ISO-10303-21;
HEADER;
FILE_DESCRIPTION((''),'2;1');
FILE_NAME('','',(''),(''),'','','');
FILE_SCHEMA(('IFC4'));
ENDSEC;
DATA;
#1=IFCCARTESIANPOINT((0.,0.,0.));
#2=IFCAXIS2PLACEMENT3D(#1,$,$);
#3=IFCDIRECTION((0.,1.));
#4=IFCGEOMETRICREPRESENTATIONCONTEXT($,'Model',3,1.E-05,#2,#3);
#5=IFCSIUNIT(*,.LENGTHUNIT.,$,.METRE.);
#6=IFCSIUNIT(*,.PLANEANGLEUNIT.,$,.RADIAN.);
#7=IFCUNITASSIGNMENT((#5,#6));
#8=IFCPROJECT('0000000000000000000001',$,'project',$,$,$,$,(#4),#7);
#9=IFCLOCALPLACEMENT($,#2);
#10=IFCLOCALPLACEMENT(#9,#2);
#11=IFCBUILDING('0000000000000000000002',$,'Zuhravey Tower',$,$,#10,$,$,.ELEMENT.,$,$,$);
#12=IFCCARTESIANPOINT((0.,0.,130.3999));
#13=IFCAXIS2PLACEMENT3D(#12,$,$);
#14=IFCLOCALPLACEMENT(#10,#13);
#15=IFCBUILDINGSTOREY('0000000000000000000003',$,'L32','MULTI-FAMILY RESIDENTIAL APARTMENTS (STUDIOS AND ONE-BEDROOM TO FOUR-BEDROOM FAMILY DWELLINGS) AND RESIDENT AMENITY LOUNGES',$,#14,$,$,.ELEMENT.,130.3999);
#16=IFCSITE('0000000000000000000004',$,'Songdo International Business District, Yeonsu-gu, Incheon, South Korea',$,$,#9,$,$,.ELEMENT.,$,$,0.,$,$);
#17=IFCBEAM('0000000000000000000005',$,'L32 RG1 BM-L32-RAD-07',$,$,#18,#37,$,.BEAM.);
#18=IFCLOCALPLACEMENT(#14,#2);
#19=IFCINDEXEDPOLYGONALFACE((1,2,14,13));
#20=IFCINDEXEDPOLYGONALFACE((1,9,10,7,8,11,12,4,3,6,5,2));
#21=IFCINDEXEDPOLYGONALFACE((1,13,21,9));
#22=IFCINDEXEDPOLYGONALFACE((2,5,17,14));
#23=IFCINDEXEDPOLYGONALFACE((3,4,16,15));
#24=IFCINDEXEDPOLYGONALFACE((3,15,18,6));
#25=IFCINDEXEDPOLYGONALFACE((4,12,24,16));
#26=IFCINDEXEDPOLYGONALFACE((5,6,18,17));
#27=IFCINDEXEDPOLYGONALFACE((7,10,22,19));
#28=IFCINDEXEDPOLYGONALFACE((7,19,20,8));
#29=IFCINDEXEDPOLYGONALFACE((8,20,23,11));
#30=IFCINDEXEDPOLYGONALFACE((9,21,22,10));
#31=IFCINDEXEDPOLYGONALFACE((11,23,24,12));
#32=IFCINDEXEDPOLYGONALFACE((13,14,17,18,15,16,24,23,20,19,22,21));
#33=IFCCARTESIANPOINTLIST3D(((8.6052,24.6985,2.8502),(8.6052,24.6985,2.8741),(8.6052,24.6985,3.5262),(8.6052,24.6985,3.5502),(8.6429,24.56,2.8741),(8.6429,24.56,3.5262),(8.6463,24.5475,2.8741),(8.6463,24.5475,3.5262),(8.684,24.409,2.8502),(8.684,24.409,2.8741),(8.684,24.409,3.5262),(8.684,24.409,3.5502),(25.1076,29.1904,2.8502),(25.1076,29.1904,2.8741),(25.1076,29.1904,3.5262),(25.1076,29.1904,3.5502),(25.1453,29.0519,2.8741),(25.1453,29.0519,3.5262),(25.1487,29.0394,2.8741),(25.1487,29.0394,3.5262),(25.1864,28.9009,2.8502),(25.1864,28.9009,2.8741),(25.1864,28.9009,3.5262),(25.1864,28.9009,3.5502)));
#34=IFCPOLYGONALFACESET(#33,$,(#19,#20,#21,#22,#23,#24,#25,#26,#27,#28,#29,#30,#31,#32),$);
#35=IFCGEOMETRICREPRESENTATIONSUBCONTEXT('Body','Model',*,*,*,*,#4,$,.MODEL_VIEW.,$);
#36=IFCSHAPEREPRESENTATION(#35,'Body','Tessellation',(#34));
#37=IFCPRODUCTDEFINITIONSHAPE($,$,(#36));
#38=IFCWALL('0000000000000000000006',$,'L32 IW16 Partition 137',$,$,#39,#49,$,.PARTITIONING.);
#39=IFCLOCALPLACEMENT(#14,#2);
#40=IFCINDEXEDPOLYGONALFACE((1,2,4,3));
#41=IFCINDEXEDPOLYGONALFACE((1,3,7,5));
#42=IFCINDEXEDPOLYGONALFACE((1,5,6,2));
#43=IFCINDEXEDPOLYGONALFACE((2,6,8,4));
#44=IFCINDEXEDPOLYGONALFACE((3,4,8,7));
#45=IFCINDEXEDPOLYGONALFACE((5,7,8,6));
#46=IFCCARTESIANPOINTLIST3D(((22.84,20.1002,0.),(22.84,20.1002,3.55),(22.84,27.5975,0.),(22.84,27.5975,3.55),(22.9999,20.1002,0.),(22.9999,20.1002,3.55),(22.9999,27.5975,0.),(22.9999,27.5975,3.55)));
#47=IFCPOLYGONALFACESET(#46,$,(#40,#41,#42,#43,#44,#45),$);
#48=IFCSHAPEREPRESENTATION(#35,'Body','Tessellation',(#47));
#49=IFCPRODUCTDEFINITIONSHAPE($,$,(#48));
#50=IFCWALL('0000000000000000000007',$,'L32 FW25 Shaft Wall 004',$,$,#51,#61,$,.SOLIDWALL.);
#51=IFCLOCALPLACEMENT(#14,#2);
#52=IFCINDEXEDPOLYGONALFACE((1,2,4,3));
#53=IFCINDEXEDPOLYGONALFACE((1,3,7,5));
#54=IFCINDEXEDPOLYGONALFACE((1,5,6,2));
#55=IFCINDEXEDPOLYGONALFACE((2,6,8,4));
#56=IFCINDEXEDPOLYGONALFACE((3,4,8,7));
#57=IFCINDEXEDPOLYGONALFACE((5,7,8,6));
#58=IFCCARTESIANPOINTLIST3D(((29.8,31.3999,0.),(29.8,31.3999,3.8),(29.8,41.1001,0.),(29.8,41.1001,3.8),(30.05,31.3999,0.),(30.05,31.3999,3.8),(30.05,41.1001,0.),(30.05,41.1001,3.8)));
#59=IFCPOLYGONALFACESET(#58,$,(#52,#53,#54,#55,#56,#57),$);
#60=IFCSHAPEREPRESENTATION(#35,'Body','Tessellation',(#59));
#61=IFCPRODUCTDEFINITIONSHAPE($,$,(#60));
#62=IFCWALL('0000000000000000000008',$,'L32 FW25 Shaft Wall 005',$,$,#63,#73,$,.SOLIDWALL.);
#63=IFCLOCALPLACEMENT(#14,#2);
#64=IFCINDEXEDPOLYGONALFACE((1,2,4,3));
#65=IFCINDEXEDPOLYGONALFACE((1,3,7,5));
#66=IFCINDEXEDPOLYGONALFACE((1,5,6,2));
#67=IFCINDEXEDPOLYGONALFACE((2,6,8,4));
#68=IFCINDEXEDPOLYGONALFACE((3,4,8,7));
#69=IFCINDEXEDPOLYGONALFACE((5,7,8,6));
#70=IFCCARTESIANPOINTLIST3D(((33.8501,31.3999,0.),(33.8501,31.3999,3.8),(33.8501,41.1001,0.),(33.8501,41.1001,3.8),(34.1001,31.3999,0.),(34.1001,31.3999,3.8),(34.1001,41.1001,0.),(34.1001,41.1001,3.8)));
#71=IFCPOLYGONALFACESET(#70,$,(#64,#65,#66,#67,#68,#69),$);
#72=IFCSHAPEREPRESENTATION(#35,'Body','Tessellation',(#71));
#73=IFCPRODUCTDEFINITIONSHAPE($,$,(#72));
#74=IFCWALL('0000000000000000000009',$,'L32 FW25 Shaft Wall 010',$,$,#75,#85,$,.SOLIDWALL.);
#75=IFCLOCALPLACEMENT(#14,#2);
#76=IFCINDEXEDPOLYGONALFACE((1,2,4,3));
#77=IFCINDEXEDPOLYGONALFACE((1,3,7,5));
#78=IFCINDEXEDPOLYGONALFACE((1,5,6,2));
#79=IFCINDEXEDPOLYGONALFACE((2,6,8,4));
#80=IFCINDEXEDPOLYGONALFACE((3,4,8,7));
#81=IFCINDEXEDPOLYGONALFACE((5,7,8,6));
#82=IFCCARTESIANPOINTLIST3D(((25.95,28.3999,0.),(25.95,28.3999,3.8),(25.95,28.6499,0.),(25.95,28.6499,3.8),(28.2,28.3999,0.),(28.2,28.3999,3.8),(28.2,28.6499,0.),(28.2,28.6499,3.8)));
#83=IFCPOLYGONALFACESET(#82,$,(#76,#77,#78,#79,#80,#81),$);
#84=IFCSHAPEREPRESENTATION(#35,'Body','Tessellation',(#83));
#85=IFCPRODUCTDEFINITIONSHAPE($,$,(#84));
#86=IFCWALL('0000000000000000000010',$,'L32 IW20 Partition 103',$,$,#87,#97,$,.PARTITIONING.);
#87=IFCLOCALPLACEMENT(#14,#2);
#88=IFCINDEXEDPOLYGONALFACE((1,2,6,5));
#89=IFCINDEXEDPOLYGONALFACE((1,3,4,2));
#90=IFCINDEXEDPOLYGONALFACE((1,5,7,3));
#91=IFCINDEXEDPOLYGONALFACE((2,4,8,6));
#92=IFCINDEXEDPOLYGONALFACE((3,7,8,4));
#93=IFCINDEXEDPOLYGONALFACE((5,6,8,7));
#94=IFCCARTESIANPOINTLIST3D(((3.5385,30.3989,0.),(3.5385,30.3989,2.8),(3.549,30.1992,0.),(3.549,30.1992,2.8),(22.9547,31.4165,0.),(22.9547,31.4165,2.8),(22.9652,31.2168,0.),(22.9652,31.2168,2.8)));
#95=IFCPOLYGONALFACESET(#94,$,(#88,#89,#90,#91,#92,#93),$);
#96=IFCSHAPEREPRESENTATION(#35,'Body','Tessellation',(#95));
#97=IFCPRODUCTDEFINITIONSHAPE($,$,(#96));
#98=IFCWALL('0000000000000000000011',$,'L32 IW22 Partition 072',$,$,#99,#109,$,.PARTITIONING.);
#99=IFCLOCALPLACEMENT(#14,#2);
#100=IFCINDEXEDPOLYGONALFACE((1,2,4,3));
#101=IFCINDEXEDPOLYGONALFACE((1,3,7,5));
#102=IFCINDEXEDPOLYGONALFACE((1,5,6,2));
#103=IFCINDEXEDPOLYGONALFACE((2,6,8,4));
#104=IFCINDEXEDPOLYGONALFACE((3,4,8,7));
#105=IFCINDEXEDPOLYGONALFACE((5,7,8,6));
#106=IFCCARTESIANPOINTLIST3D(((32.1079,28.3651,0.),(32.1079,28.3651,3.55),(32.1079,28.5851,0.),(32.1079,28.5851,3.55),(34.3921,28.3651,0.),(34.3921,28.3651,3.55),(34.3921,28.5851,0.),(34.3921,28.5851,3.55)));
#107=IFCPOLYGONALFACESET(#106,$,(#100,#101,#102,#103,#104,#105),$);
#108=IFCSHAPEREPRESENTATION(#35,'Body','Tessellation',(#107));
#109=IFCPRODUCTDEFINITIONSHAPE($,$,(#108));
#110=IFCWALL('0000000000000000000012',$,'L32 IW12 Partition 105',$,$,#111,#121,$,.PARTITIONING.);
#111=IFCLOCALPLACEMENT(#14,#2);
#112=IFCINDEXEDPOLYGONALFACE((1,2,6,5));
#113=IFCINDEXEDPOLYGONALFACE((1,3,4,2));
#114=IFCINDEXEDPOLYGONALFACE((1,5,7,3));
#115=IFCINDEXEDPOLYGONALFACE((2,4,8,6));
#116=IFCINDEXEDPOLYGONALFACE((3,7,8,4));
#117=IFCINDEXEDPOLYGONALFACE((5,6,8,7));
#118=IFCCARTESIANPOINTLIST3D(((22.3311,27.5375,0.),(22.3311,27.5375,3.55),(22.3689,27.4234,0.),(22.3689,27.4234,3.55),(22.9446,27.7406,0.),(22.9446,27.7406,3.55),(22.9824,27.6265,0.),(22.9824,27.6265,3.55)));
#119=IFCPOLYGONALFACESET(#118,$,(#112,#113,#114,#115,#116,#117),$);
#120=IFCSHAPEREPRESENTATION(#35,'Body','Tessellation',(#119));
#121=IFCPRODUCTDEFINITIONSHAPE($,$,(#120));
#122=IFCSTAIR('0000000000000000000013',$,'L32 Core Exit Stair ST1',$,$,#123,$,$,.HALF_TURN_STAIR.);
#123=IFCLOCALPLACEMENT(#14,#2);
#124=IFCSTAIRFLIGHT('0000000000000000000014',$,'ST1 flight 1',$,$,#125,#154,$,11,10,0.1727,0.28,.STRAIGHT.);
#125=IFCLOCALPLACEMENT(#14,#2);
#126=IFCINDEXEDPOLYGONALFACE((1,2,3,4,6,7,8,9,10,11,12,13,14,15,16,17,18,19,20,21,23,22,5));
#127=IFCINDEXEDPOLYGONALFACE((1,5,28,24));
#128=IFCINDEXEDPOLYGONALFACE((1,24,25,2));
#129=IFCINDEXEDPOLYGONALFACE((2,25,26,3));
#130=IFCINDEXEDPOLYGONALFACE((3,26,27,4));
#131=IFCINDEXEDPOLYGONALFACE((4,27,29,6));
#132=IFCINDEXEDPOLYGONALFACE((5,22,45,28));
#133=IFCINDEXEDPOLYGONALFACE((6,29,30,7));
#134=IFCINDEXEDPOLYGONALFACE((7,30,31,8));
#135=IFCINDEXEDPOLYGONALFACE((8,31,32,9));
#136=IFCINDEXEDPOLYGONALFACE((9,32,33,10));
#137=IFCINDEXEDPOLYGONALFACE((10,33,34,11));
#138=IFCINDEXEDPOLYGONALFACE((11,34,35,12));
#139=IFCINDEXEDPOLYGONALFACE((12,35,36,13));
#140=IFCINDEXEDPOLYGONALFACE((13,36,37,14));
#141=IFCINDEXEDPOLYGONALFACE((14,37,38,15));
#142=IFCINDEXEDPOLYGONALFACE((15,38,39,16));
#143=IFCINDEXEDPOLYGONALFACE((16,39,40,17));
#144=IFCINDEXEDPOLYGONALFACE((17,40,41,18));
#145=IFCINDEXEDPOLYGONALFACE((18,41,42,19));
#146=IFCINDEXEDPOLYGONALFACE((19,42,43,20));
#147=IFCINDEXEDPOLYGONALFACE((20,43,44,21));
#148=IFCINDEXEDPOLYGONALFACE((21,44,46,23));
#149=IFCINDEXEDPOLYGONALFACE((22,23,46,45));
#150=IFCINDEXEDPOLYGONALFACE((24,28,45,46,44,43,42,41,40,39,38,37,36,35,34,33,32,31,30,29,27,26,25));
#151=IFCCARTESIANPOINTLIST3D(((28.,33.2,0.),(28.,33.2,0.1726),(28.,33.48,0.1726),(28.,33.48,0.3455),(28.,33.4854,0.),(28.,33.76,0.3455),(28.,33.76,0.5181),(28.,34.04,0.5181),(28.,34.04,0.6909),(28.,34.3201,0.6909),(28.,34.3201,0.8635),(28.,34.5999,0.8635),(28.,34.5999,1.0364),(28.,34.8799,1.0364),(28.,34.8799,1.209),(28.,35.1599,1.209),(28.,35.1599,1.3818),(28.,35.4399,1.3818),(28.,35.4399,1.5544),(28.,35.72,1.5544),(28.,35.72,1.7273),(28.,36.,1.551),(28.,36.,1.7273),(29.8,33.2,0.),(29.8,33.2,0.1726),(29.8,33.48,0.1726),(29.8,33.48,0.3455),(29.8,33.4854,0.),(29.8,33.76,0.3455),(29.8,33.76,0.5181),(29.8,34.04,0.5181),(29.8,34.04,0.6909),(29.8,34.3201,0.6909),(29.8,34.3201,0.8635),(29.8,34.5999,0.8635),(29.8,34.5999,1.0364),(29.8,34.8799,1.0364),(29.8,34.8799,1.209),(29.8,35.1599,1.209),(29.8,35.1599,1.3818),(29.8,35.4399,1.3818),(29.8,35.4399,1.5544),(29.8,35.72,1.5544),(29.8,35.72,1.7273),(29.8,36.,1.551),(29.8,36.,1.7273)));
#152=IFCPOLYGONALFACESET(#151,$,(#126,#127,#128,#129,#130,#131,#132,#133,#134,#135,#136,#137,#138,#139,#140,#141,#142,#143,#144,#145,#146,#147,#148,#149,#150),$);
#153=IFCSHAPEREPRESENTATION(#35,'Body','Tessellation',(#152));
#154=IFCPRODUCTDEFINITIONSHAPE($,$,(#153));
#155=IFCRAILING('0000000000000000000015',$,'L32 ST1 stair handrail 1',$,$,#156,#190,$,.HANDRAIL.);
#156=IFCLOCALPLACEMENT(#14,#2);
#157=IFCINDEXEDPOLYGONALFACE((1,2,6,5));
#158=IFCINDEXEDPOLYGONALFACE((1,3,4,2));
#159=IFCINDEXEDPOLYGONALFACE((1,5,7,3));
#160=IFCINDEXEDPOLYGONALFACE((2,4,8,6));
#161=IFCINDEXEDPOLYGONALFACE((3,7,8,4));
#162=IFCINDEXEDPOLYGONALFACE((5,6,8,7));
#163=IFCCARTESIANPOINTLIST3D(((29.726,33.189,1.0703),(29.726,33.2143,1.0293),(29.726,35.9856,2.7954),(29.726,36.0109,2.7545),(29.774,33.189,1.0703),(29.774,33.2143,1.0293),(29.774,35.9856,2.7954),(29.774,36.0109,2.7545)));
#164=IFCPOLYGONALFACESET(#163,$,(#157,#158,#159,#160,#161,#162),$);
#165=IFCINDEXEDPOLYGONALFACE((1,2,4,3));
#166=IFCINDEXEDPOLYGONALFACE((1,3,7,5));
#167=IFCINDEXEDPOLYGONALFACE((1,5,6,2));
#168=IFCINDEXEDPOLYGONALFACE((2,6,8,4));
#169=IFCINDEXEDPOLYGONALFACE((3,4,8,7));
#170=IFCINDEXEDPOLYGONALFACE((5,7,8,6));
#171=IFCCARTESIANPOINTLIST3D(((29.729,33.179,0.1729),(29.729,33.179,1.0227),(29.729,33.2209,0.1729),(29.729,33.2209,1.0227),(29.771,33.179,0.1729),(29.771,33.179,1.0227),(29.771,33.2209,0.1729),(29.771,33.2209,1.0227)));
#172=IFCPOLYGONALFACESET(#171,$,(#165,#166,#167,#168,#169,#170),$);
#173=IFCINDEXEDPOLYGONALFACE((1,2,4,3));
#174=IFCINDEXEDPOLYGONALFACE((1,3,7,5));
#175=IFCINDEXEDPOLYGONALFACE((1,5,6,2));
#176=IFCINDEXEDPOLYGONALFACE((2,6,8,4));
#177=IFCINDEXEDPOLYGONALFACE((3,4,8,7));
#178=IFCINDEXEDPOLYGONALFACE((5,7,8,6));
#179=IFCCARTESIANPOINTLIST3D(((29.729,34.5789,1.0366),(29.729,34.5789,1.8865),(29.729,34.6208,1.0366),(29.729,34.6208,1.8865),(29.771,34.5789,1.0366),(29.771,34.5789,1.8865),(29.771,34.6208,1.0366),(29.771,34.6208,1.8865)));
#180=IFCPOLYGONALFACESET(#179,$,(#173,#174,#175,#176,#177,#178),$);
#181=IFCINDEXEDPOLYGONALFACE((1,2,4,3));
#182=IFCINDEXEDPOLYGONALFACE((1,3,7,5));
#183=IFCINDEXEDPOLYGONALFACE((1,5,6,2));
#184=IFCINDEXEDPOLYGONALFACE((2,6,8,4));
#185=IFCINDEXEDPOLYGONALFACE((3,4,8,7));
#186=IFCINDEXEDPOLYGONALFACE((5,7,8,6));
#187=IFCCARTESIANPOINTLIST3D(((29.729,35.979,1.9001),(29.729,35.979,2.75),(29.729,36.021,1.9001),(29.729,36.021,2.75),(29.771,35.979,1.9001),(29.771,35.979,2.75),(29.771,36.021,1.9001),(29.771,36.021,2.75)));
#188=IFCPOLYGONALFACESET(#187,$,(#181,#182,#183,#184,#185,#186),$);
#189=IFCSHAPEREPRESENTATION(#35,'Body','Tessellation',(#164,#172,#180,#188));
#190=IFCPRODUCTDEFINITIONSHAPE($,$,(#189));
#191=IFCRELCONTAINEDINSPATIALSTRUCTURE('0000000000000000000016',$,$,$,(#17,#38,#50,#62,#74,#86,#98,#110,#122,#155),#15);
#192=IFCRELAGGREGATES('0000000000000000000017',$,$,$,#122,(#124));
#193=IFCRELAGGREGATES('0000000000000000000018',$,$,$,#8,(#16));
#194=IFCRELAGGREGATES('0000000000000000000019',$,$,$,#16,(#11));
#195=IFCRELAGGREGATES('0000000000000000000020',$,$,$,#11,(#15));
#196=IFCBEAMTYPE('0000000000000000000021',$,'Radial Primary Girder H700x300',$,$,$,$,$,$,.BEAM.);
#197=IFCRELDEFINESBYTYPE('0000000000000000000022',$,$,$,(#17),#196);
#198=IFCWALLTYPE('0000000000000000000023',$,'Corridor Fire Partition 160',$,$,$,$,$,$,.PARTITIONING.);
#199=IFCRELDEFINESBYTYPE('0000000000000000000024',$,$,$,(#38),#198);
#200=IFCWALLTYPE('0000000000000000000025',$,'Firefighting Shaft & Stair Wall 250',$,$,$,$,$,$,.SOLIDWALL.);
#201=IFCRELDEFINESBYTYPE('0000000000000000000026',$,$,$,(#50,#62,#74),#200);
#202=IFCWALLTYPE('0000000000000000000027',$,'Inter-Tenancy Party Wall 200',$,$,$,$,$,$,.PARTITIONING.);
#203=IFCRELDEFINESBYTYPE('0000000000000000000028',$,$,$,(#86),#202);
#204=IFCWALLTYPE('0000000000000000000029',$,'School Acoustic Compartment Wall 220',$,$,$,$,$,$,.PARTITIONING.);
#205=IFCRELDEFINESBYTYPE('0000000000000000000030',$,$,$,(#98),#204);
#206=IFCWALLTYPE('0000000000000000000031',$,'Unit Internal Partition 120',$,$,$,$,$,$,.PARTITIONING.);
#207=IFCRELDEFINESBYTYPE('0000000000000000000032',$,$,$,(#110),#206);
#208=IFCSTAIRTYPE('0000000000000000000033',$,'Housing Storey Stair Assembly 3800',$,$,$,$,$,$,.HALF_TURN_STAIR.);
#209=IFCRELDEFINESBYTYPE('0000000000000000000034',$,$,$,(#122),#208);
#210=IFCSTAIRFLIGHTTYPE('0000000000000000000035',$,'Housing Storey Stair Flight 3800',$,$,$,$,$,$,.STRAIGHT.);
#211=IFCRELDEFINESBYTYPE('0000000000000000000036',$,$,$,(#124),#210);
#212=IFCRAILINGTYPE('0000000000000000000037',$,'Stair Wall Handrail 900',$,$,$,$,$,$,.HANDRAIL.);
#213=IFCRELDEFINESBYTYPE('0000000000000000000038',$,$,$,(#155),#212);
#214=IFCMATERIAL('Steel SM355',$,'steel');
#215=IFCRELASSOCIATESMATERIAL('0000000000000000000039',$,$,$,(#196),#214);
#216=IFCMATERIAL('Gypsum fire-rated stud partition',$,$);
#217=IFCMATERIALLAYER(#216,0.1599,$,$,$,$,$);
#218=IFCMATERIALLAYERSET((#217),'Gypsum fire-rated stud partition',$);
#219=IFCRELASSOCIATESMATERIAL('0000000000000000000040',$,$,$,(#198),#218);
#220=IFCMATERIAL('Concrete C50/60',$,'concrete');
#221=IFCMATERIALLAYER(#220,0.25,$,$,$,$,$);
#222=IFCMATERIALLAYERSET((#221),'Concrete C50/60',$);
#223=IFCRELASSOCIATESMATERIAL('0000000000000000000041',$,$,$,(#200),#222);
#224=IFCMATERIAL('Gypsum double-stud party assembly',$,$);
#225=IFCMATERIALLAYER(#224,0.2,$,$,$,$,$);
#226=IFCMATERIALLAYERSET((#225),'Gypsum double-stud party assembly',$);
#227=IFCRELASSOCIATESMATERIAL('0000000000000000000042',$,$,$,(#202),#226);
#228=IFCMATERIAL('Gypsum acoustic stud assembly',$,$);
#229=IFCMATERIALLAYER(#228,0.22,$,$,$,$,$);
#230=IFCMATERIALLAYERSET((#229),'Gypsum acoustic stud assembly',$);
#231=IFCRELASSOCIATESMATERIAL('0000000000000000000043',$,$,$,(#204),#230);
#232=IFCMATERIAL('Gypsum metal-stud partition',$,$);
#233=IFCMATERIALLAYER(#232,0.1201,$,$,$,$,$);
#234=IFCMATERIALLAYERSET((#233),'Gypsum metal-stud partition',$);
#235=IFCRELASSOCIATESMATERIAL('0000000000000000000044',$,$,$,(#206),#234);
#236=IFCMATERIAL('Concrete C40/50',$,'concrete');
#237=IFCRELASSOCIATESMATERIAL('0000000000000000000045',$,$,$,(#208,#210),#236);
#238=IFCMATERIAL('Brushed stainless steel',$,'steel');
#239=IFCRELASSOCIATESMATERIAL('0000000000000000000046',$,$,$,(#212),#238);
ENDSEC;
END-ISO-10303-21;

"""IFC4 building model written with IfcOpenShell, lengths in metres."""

from ifc_helpers import new_model, si_unit, direction, frame, frame_2d, origin, origin_2d, place, context, subcontext, project, spatial, polyline, rectangle, i_section, outline, extrude, material, layer, layer_set, material_profile, profile_set, type_object, element, aggregate, save


model = new_model("IFC4")

# Units and contexts
model_context = context("Model", 3, precision=1e-05, world=origin(), true_north=direction((0.0, 1.0)))
body_context = subcontext(model_context, "Body", "Model", "MODEL_VIEW")
ifc_project = project(units=[si_unit("LENGTHUNIT", "METRE"), si_unit("PLANEANGLEUNIT", "RADIAN")], contexts=[model_context])

# Site, building, storey
site_placement = place(None, origin())
site = spatial("IfcSite", under=ifc_project, at=site_placement, Name="Songdo International Business District, Yeonsu-gu, Incheon, South Korea", CompositionType="ELEMENT", RefElevation=0.0)
building_placement = place(site_placement, origin())
building = spatial("IfcBuilding", under=site, at=building_placement, Name="Zuhravey Tower", CompositionType="ELEMENT")
storey_placement = place(building_placement, frame((0.0, 0.0, 130.3999)))
storey = spatial("IfcBuildingStorey", under=building, at=storey_placement, Name="L32", Description="MULTI-FAMILY RESIDENTIAL APARTMENTS (STUDIOS AND ONE-BEDROOM TO FOUR-BEDROOM FAMILY DWELLINGS) AND RESIDENT AMENITY LOUNGES", CompositionType="ELEMENT", Elevation=130.3999)

# Beam
ifc_material_1 = material(Name="Steel SM355", Category="steel")
ifc_material_profile = material_profile(ifc_material_1, i_section(OverallWidth=0.3, OverallDepth=0.7, WebThickness=0.0129, FlangeThickness=0.0239, at=origin_2d()), Name="H-700x300x13x24")
ifc_profile_set = profile_set([ifc_material_profile], Name="Steel SM355")
beam_type = type_object("IfcBeamType", Name="Radial Primary Girder H700x300", PredefinedType="BEAM", material=ifc_profile_set)
beam_placement = place(storey_placement, frame((25.147, 29.0457, 3.2002), z_axis=(-0.964893, -0.262643, 0.0), x_axis=(0.262643, -0.964893, 0.0)))
element("IfcBeam", 1, at=beam_placement, inside=storey, type_object=beam_type, Name="L32 RG1 BM-L32-RAD-07", PredefinedType="BEAM", context=body_context, shape_type="SweptSolid", body=[
    extrude(i_section(OverallWidth=0.3, OverallDepth=0.7, WebThickness=0.0129, FlangeThickness=0.0239, at=origin_2d()), origin(), (0.0, 0.0, 1.0), 17.1028),
])

# Shared definitions
ifc_material_2 = material(Name="Gypsum fire-rated stud partition")
ifc_layer_1 = layer(ifc_material_2, 0.1599)
ifc_layer_set_1 = layer_set([ifc_layer_1], Name="Gypsum fire-rated stud partition")
wall_type_1 = type_object("IfcWallType", Name="Corridor Fire Partition 160", PredefinedType="PARTITIONING", material=ifc_layer_set_1)

# Wall
wall_1_placement = place(storey_placement, frame((22.9199, 27.5974, 0.0), z_axis=(0.0, 0.0, 1.0), x_axis=(0.0, -1.0, 0.0)))
element("IfcWall", 2, at=wall_1_placement, inside=storey, type_object=wall_type_1, Name="L32 IW16 Partition 137", PredefinedType="PARTITIONING", context=body_context, shape_type="SweptSolid", body=[
    extrude(rectangle(XDim=7.4973, YDim=0.1599, at=frame_2d((3.7485, 0.0))), origin(), (0.0, 0.0, 1.0), 3.55),
])

# Shared definitions
ifc_material_3 = material(Name="Concrete C50/60", Category="concrete")
ifc_layer_2 = layer(ifc_material_3, 0.25)
ifc_layer_set_2 = layer_set([ifc_layer_2], Name="Concrete C50/60")
wall_type_2 = type_object("IfcWallType", Name="Firefighting Shaft & Stair Wall 250", PredefinedType="SOLIDWALL", material=ifc_layer_set_2)

# Walls
for number, where, z_axis, x_axis, name in (
    (3, (29.925, 31.3999, 0.0), (0.0, 0.0, 1.0), (0.0, 1.0, 0.0), "L32 FW25 Shaft Wall 004"),
    (4, (33.9751, 31.3999, 0.0), (0.0, 0.0, 1.0), (0.0, 1.0, 0.0), "L32 FW25 Shaft Wall 005"),
):
    element("IfcWall", number, at=place(storey_placement, frame(where, z_axis=z_axis, x_axis=x_axis)), inside=storey, type_object=wall_type_2, Name=name, PredefinedType="SOLIDWALL", context=body_context, shape_type="SweptSolid", body=[
        extrude(rectangle(XDim=9.7002, YDim=0.25, at=frame_2d((4.8501, 0.0))), origin(), (0.0, 0.0, 1.0), 3.8),
    ])
wall_2_placement = place(storey_placement, frame((25.95, 28.5249, 0.0), z_axis=(0.0, 0.0, 1.0), x_axis=(1.0, 0.0, 0.0)))
element("IfcWall", 5, at=wall_2_placement, inside=storey, type_object=wall_type_2, Name="L32 FW25 Shaft Wall 010", PredefinedType="SOLIDWALL", context=body_context, shape_type="SweptSolid", body=[
    extrude(rectangle(XDim=2.25, YDim=0.25, at=frame_2d((1.125, 0.0))), origin(), (0.0, 0.0, 1.0), 3.8),
])
ifc_material_4 = material(Name="Gypsum double-stud party assembly")
ifc_layer_3 = layer(ifc_material_4, 0.2)
ifc_layer_set_3 = layer_set([ifc_layer_3], Name="Gypsum double-stud party assembly")
wall_type_3 = type_object("IfcWallType", Name="Inter-Tenancy Party Wall 200", PredefinedType="PARTITIONING", material=ifc_layer_set_3)
wall_3_placement = place(storey_placement, frame((22.96, 31.3167, 0.0), z_axis=(0.0, 0.0, 1.0), x_axis=(-0.998629, -0.052337, 0.0)))
element("IfcWall", 6, at=wall_3_placement, inside=storey, type_object=wall_type_3, Name="L32 IW20 Partition 103", PredefinedType="PARTITIONING", context=body_context, shape_type="SweptSolid", body=[
    extrude(rectangle(XDim=19.4429, YDim=0.2, at=frame_2d((9.7214, 0.0))), origin(), (0.0, 0.0, 1.0), 2.8),
])
ifc_material_5 = material(Name="Gypsum acoustic stud assembly")
ifc_layer_4 = layer(ifc_material_5, 0.22)
ifc_layer_set_4 = layer_set([ifc_layer_4], Name="Gypsum acoustic stud assembly")
wall_type_4 = type_object("IfcWallType", Name="School Acoustic Compartment Wall 220", PredefinedType="PARTITIONING", material=ifc_layer_set_4)
wall_4_placement = place(storey_placement, frame((32.1079, 28.4751, 0.0), z_axis=(0.0, 0.0, 1.0), x_axis=(1.0, 0.0, 0.0)))
element("IfcWall", 7, at=wall_4_placement, inside=storey, type_object=wall_type_4, Name="L32 IW22 Partition 072", PredefinedType="PARTITIONING", context=body_context, shape_type="SweptSolid", body=[
    extrude(rectangle(XDim=2.2842, YDim=0.22, at=frame_2d((1.1421, 0.0))), origin(), (0.0, 0.0, 1.0), 3.55),
])
ifc_material_6 = material(Name="Gypsum metal-stud partition")
ifc_layer_5 = layer(ifc_material_6, 0.1201)
ifc_layer_set_5 = layer_set([ifc_layer_5], Name="Gypsum metal-stud partition")
wall_type_5 = type_object("IfcWallType", Name="Unit Internal Partition 120", PredefinedType="PARTITIONING", material=ifc_layer_set_5)
wall_5_placement = place(storey_placement, frame((22.9636, 27.6836, 0.0), z_axis=(0.0, 0.0, 1.0), x_axis=(-0.949324, -0.314301, 0.0)))
element("IfcWall", 8, at=wall_5_placement, inside=storey, type_object=wall_type_5, Name="L32 IW12 Partition 105", PredefinedType="PARTITIONING", context=body_context, shape_type="SweptSolid", body=[
    extrude(rectangle(XDim=0.6462, YDim=0.1201, at=frame_2d((0.3232, 0.0))), origin(), (0.0, 0.0, 1.0), 3.55),
])

# Stair, stair flight
ifc_material_7 = material(Name="Concrete C40/50", Category="concrete")
stair_type = type_object("IfcStairType", Name="Housing Storey Stair Assembly 3800", PredefinedType="HALF_TURN_STAIR", material=ifc_material_7)
stair_placement = place(storey_placement, origin())
stair = element("IfcStair", 9, at=stair_placement, inside=storey, type_object=stair_type, Name="L32 Core Exit Stair ST1", PredefinedType="HALF_TURN_STAIR")
stair_flight_type = type_object("IfcStairFlightType", Name="Housing Storey Stair Flight 3800", PredefinedType="STRAIGHT", material=ifc_material_7)
stair_flight_placement = place(storey_placement, frame((28.8999, 33.2, 0.0), z_axis=(0.0, 0.0, 1.0), x_axis=(0.0, 1.0, 0.0)))
stair_flight = element("IfcStairFlight", 10, at=stair_flight_placement, type_object=stair_flight_type, Name="ST1 flight 1", NumberOfRisers=11, NumberOfTreads=10, PredefinedType="STRAIGHT", RiserHeight=0.1727, TreadLength=0.28, context=body_context, shape_type="SweptSolid", body=[
    extrude(outline(polyline([(0.0, 0.0), (0.0, 0.1726), (0.28, 0.1726), (0.28, 0.3455), (0.5601, 0.3455), (0.5601, 0.5181), (0.8401, 0.5181), (0.8401, 0.6909), (1.1201, 0.6909), (1.1201, 0.8635), (1.3999, 0.8635), (1.3999, 1.0364), (1.6799, 1.0364), (1.6799, 1.209), (1.96, 1.209), (1.96, 1.3818), (2.24, 1.3818), (2.24, 1.5544), (2.52, 1.5544), (2.52, 1.7273), (2.8, 1.7273), (2.8, 1.8999), (2.8, 1.551), (0.2854, 0.0), (0.0, 0.0)])), frame((0.0, 0.8999, 0.0), z_axis=(0.0, -1.0, 0.0), x_axis=(1.0, 0.0, 0.0)), (0.0, 0.0, 1.0), 1.8),
])
aggregate(stair, [stair_flight])

# Railing
ifc_material_8 = material(Name="Brushed stainless steel", Category="steel")
railing_type_1 = type_object("IfcRailingType", Name="Stair Wall Handrail 900", PredefinedType="HANDRAIL", material=ifc_material_8)
railing_1_placement = place(storey_placement, frame((29.75, 33.2, 0.1729)))
element("IfcRailing", 11, at=railing_1_placement, inside=storey, type_object=railing_type_1, Name="L32 ST1 stair handrail 1", PredefinedType="HANDRAIL", context=body_context, shape_type="SweptSolid", body=[
    extrude(rectangle(XDim=0.0481, YDim=0.0481, at=origin_2d()), frame((0.0, 0.0017, 0.877), z_axis=(0.0, 0.85109, 0.52502), x_axis=(-1.0, 0.0, 0.0)), (0.0, 0.0, 1.0), 3.2859),
    extrude(rectangle(XDim=0.042, YDim=0.042, at=origin_2d()), origin(), (0.0, 0.0, 1.0), 0.8499),
    extrude(rectangle(XDim=0.042, YDim=0.042, at=origin_2d()), frame((0.0, 1.3999, 0.8638)), (0.0, 0.0, 1.0), 0.8499),
    extrude(rectangle(XDim=0.042, YDim=0.042, at=origin_2d()), frame((0.0, 2.8, 1.7273)), (0.0, 0.0, 1.0), 0.8499),
])

save(model, "model.ifc")
